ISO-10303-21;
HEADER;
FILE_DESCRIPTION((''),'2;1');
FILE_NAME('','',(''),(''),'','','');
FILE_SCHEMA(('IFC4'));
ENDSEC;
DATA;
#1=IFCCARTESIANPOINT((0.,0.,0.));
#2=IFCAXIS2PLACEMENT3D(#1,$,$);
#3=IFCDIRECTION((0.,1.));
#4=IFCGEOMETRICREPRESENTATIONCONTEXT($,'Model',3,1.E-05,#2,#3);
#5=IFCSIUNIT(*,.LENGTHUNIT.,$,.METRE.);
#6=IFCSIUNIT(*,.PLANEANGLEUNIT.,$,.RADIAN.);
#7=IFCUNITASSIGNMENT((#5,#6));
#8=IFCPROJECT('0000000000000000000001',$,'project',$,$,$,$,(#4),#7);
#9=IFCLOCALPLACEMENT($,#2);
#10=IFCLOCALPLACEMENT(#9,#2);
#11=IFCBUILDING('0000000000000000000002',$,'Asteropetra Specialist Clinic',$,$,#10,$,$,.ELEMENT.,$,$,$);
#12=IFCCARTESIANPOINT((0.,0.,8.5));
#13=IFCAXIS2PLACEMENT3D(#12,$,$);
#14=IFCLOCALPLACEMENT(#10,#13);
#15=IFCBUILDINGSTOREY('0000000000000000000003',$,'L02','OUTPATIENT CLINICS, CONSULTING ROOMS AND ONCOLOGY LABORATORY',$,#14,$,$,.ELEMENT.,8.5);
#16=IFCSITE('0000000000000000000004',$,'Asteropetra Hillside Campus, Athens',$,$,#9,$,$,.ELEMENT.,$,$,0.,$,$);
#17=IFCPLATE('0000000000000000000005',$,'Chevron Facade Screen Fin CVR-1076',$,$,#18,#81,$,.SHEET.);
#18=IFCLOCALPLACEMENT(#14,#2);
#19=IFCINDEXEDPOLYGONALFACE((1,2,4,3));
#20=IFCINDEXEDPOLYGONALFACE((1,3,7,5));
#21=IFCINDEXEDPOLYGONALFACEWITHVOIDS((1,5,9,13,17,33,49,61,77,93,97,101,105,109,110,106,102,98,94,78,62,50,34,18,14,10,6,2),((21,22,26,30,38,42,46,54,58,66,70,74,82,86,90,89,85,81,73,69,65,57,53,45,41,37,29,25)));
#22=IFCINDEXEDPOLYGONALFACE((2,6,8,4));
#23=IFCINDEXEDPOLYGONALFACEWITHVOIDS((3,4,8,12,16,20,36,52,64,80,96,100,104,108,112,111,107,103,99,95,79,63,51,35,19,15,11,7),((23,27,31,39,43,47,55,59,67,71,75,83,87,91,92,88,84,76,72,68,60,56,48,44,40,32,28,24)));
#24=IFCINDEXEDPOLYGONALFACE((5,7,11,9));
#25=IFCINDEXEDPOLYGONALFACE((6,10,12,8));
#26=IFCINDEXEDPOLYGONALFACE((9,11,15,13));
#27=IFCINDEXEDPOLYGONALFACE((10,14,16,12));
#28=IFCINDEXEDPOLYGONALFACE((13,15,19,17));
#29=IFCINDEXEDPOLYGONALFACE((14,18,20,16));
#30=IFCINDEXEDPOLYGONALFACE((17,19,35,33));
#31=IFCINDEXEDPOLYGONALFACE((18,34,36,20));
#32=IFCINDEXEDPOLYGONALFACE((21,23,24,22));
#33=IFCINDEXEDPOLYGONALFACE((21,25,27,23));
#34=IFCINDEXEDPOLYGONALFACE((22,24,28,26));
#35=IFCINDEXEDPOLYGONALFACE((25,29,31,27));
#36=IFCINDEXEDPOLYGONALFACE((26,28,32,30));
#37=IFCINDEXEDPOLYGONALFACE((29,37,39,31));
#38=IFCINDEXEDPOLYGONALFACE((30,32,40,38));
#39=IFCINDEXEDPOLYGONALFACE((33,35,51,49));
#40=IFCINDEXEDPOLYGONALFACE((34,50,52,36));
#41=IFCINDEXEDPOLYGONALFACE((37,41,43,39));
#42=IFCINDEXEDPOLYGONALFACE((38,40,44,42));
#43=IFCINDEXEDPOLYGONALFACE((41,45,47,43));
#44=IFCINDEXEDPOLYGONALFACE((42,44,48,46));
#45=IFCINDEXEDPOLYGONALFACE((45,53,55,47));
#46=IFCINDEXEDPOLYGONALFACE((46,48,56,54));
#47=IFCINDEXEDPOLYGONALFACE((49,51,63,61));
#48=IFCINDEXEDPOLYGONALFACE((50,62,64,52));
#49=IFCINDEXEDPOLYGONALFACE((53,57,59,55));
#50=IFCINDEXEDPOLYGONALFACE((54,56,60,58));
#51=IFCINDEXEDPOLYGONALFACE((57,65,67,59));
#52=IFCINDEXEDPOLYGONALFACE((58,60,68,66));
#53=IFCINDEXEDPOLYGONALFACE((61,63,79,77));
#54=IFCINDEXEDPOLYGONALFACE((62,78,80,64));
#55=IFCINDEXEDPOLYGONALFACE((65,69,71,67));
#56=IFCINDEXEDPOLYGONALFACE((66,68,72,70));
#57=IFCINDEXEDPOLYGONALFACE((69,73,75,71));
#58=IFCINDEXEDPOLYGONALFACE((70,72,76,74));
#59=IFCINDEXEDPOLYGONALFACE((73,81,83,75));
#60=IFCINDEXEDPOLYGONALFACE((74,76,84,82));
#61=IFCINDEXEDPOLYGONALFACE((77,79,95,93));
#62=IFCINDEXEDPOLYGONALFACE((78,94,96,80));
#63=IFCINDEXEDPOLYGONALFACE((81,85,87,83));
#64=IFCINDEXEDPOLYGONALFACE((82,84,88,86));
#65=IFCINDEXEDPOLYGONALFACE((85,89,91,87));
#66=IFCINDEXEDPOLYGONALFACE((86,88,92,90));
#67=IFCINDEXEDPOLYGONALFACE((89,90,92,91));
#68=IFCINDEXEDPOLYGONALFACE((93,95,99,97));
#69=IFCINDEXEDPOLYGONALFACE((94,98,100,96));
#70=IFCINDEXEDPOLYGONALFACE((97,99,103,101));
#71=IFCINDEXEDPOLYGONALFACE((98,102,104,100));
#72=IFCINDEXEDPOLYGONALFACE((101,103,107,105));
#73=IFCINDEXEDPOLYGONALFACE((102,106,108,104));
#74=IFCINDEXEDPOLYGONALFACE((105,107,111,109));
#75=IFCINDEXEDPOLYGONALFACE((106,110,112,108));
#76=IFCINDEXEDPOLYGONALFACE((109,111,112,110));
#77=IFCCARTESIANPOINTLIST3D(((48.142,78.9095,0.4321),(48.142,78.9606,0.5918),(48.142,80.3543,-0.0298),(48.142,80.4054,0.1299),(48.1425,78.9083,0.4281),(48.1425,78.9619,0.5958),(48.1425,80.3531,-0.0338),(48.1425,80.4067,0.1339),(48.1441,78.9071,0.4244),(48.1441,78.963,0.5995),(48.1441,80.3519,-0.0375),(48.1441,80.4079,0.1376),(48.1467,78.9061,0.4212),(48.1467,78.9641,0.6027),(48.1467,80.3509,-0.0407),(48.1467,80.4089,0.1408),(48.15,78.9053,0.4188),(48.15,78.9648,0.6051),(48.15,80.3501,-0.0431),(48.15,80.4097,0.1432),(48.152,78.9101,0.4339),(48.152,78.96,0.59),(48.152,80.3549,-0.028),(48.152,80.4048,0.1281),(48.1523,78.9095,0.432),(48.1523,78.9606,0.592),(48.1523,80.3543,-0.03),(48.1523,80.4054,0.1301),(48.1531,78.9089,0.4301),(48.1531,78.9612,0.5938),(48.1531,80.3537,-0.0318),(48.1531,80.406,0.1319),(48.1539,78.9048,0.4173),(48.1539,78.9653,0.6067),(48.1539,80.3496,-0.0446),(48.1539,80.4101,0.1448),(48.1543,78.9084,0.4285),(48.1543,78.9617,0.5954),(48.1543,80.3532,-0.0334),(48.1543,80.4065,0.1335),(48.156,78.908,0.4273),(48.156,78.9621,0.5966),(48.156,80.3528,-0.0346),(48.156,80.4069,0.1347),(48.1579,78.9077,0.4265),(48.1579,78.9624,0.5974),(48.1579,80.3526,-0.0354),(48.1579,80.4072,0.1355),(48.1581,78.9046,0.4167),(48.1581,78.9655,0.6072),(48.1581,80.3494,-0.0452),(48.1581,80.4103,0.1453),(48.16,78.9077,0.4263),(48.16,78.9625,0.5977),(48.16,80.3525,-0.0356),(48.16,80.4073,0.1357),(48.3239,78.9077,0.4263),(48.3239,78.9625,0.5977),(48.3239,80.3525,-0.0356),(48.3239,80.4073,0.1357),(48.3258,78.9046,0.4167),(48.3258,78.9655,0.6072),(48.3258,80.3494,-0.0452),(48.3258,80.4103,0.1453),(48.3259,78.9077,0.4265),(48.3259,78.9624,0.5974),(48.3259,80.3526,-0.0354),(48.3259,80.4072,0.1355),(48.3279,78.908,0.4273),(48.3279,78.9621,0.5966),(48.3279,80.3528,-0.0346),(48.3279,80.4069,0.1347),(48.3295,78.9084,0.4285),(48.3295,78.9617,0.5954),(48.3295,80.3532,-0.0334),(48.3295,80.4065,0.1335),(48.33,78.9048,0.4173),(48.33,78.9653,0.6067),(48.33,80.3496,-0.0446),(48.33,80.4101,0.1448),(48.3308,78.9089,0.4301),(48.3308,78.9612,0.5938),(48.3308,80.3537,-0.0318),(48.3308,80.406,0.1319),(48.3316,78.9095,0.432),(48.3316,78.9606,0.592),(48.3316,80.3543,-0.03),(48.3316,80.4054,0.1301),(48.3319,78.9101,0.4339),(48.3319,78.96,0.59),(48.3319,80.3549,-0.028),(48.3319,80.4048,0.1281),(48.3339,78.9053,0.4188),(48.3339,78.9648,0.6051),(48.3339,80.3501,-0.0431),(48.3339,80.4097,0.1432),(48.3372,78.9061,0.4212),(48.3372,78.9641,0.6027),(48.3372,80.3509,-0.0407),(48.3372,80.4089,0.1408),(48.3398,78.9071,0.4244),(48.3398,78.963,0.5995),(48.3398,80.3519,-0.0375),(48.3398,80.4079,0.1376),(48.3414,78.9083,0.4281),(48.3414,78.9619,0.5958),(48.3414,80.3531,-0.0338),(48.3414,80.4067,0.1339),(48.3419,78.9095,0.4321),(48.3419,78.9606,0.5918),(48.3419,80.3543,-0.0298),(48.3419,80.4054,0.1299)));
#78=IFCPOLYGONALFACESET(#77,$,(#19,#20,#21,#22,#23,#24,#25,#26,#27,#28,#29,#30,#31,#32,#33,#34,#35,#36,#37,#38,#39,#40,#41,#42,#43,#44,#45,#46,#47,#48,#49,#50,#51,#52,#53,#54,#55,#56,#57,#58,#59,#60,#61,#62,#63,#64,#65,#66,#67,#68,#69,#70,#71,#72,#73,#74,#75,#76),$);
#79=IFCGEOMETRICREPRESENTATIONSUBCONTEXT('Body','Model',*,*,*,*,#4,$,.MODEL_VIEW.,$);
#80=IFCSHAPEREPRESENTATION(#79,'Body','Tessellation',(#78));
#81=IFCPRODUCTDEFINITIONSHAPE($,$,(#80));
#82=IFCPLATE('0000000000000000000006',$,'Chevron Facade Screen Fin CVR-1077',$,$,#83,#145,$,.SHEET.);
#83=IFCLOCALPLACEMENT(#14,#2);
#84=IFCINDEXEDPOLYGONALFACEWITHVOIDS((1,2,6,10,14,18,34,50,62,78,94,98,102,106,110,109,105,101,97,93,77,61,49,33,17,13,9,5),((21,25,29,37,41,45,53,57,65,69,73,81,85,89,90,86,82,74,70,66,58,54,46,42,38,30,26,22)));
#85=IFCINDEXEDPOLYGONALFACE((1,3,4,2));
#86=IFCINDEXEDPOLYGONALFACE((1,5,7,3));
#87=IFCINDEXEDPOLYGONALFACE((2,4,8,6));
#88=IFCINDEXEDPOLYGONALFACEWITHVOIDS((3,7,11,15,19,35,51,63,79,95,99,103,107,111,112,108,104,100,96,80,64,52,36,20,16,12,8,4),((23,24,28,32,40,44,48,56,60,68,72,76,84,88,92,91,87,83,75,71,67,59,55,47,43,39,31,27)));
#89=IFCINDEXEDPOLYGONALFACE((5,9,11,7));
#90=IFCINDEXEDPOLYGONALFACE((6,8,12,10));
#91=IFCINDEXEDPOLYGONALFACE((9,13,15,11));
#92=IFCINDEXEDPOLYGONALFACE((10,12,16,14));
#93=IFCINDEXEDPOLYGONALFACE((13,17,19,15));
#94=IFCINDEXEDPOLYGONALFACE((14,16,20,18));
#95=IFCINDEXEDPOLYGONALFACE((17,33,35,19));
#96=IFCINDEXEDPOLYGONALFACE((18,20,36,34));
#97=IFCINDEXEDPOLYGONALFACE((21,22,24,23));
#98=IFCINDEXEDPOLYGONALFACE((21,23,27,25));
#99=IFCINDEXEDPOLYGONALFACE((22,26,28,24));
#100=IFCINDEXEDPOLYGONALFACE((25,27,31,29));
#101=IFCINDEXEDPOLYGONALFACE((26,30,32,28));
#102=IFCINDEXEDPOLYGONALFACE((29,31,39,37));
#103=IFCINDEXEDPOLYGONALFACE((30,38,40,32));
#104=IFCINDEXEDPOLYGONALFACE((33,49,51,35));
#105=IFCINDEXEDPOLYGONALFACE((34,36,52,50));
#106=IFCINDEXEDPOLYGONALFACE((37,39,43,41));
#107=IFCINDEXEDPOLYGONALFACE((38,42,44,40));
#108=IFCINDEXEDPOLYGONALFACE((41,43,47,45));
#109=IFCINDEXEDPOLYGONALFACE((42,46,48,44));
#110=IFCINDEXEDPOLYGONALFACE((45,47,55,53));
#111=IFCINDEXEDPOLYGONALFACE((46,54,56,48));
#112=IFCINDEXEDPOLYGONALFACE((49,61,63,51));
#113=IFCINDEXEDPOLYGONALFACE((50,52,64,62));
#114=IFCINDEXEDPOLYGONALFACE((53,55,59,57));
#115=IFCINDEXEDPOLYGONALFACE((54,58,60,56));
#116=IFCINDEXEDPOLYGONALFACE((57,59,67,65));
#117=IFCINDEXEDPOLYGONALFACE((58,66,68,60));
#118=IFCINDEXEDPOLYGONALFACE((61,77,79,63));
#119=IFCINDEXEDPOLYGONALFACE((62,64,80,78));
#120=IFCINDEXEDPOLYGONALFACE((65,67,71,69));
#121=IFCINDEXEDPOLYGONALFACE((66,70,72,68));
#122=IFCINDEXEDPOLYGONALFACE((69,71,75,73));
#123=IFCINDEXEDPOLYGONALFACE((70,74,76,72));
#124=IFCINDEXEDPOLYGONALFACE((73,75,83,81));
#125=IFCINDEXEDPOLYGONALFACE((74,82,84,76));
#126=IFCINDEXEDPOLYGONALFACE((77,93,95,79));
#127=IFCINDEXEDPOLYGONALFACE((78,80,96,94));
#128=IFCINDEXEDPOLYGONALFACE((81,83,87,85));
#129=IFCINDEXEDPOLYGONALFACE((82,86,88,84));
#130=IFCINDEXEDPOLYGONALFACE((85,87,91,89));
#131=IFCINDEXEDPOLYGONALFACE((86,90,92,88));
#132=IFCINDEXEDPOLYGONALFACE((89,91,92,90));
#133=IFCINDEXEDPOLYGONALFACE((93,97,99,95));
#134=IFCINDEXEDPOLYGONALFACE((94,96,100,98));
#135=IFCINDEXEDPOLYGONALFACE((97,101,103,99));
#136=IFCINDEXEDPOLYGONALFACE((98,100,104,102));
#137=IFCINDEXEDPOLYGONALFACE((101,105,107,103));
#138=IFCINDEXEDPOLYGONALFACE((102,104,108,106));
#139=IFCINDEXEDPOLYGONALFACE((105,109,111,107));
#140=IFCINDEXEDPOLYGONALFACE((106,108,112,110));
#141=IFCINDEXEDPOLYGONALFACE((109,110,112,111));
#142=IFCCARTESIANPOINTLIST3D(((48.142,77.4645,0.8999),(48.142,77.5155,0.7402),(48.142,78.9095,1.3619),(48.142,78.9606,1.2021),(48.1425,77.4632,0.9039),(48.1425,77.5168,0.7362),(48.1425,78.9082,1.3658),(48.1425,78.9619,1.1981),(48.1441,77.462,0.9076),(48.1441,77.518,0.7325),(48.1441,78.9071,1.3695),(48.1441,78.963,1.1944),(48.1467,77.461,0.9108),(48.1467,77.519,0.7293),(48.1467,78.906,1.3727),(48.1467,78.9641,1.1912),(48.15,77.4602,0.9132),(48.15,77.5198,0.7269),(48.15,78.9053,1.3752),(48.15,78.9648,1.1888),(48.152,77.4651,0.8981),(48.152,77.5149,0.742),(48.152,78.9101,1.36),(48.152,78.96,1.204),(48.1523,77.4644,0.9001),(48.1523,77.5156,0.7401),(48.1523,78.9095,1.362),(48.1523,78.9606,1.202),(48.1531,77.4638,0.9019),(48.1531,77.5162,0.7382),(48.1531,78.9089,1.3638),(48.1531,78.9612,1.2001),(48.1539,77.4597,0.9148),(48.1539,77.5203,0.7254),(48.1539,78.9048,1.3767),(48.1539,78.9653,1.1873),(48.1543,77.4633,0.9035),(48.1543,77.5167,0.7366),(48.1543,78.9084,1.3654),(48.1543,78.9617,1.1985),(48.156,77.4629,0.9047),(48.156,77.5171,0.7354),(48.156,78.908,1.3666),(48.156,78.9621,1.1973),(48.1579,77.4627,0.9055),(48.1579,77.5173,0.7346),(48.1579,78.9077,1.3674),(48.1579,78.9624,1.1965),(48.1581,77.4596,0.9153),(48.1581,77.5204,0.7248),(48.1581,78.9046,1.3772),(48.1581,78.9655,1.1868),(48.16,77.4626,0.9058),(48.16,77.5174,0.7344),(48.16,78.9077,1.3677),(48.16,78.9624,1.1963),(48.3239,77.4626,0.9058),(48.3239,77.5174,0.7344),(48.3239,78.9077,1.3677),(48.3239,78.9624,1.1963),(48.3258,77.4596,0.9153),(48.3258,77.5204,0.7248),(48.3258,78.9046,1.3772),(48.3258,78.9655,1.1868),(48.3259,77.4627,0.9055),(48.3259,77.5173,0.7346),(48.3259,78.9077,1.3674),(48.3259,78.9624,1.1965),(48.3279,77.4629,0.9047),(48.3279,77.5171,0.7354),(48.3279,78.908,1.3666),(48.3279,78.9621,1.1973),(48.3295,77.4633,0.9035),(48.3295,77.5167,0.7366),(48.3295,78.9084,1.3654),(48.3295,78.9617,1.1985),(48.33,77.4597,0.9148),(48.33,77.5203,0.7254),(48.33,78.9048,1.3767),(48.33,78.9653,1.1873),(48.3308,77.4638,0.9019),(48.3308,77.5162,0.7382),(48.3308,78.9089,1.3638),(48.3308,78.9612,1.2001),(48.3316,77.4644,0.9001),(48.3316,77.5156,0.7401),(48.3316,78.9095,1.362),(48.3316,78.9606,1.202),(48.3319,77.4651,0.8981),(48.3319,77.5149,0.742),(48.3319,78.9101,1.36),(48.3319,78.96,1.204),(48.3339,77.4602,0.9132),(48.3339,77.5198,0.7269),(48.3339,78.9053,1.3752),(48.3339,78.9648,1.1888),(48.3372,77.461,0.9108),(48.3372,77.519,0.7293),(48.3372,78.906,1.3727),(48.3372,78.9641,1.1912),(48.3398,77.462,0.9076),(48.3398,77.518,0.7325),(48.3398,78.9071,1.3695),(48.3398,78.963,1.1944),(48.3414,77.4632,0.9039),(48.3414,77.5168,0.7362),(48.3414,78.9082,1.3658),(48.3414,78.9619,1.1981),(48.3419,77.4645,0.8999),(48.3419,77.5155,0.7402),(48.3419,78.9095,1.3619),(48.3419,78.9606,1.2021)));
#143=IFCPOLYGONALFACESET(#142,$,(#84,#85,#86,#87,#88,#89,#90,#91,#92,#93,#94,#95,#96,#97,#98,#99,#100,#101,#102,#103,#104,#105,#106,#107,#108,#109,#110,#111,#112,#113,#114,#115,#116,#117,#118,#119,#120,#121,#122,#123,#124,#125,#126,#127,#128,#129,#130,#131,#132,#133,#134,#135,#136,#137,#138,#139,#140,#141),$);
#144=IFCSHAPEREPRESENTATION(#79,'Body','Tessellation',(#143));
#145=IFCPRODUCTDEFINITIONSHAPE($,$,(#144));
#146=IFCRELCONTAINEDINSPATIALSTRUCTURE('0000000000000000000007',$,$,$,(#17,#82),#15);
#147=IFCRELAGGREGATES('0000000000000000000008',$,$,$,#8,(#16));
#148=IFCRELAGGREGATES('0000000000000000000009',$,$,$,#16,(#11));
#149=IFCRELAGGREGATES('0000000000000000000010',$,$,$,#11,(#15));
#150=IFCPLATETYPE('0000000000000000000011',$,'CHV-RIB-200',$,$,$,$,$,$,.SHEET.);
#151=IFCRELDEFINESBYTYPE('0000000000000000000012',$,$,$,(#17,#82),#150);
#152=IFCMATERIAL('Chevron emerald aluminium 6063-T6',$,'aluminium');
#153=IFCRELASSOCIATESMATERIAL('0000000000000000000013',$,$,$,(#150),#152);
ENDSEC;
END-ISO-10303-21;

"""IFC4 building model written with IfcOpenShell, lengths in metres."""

from ifc_helpers import new_model, si_unit, direction, frame, origin, origin_2d, place, context, subcontext, project, spatial, hollow_rectangle, extrude, material, material_profile, profile_set, type_object, element, save


model = new_model("IFC4")

# Units and contexts
model_context = context("Model", 3, precision=1e-05, world=origin(), true_north=direction((0.0, 1.0)))
body_context = subcontext(model_context, "Body", "Model", "MODEL_VIEW")
ifc_project = project(units=[si_unit("LENGTHUNIT", "METRE"), si_unit("PLANEANGLEUNIT", "RADIAN")], contexts=[model_context])

# Site, building, storey
site_placement = place(None, origin())
site = spatial("IfcSite", under=ifc_project, at=site_placement, Name="Asteropetra Hillside Campus, Athens", CompositionType="ELEMENT", RefElevation=0.0)
building_placement = place(site_placement, origin())
building = spatial("IfcBuilding", under=site, at=building_placement, Name="Asteropetra Specialist Clinic", CompositionType="ELEMENT")
storey_placement = place(building_placement, frame((0.0, 0.0, 8.5)))
storey = spatial("IfcBuildingStorey", under=building, at=storey_placement, Name="L02", Description="OUTPATIENT CLINICS, CONSULTING ROOMS AND ONCOLOGY LABORATORY", CompositionType="ELEMENT", Elevation=8.5)

# Plates
ifc_material_1 = material(Name="Chevron emerald aluminium 6063-T6", Category="aluminium")
ifc_material_profile_1 = material_profile(ifc_material_1, hollow_rectangle(XDim=0.2, YDim=0.2, WallThickness=0.01, InnerFilletRadius=0.0081, OuterFilletRadius=0.0161, at=origin_2d()), Name="SHS 200x200x10.0")
ifc_profile_set_1 = profile_set([ifc_material_profile_1], Name="Chevron emerald aluminium 6063-T6")
plate_type_1 = type_object("IfcPlateType", Name="CHV-RIB-200", PredefinedType="SHEET", material=ifc_profile_set_1)
plate_1_placement = place(storey_placement, frame((48.2419, 78.9351, 0.512), z_axis=(0.0, 0.952506, -0.304519), x_axis=(-1.0, 0.0, 0.0)))
element("IfcPlate", 1, at=plate_1_placement, inside=storey, type_object=plate_type_1, Name="Chevron Facade Screen Fin CVR-1076", PredefinedType="SHEET", context=body_context, shape_type="SweptSolid", body=[
    extrude(hollow_rectangle(XDim=0.2, YDim=0.2, WallThickness=0.01, InnerFilletRadius=0.0081, OuterFilletRadius=0.0161, at=origin_2d()), origin(), (0.0, 0.0, 1.0), 1.5168),
])
plate_2_placement = place(storey_placement, frame((48.2419, 77.49, 0.8201), z_axis=(0.0, 0.952521, 0.304472), x_axis=(-1.0, 0.0, 0.0)))
element("IfcPlate", 2, at=plate_2_placement, inside=storey, type_object=plate_type_1, Name="Chevron Facade Screen Fin CVR-1077", PredefinedType="SHEET", context=body_context, shape_type="SweptSolid", body=[
    extrude(hollow_rectangle(XDim=0.2, YDim=0.2, WallThickness=0.01, InnerFilletRadius=0.0081, OuterFilletRadius=0.0161, at=origin_2d()), origin(), (0.0, 0.0, 1.0), 1.5171),
])

save(model, "model.ifc")
